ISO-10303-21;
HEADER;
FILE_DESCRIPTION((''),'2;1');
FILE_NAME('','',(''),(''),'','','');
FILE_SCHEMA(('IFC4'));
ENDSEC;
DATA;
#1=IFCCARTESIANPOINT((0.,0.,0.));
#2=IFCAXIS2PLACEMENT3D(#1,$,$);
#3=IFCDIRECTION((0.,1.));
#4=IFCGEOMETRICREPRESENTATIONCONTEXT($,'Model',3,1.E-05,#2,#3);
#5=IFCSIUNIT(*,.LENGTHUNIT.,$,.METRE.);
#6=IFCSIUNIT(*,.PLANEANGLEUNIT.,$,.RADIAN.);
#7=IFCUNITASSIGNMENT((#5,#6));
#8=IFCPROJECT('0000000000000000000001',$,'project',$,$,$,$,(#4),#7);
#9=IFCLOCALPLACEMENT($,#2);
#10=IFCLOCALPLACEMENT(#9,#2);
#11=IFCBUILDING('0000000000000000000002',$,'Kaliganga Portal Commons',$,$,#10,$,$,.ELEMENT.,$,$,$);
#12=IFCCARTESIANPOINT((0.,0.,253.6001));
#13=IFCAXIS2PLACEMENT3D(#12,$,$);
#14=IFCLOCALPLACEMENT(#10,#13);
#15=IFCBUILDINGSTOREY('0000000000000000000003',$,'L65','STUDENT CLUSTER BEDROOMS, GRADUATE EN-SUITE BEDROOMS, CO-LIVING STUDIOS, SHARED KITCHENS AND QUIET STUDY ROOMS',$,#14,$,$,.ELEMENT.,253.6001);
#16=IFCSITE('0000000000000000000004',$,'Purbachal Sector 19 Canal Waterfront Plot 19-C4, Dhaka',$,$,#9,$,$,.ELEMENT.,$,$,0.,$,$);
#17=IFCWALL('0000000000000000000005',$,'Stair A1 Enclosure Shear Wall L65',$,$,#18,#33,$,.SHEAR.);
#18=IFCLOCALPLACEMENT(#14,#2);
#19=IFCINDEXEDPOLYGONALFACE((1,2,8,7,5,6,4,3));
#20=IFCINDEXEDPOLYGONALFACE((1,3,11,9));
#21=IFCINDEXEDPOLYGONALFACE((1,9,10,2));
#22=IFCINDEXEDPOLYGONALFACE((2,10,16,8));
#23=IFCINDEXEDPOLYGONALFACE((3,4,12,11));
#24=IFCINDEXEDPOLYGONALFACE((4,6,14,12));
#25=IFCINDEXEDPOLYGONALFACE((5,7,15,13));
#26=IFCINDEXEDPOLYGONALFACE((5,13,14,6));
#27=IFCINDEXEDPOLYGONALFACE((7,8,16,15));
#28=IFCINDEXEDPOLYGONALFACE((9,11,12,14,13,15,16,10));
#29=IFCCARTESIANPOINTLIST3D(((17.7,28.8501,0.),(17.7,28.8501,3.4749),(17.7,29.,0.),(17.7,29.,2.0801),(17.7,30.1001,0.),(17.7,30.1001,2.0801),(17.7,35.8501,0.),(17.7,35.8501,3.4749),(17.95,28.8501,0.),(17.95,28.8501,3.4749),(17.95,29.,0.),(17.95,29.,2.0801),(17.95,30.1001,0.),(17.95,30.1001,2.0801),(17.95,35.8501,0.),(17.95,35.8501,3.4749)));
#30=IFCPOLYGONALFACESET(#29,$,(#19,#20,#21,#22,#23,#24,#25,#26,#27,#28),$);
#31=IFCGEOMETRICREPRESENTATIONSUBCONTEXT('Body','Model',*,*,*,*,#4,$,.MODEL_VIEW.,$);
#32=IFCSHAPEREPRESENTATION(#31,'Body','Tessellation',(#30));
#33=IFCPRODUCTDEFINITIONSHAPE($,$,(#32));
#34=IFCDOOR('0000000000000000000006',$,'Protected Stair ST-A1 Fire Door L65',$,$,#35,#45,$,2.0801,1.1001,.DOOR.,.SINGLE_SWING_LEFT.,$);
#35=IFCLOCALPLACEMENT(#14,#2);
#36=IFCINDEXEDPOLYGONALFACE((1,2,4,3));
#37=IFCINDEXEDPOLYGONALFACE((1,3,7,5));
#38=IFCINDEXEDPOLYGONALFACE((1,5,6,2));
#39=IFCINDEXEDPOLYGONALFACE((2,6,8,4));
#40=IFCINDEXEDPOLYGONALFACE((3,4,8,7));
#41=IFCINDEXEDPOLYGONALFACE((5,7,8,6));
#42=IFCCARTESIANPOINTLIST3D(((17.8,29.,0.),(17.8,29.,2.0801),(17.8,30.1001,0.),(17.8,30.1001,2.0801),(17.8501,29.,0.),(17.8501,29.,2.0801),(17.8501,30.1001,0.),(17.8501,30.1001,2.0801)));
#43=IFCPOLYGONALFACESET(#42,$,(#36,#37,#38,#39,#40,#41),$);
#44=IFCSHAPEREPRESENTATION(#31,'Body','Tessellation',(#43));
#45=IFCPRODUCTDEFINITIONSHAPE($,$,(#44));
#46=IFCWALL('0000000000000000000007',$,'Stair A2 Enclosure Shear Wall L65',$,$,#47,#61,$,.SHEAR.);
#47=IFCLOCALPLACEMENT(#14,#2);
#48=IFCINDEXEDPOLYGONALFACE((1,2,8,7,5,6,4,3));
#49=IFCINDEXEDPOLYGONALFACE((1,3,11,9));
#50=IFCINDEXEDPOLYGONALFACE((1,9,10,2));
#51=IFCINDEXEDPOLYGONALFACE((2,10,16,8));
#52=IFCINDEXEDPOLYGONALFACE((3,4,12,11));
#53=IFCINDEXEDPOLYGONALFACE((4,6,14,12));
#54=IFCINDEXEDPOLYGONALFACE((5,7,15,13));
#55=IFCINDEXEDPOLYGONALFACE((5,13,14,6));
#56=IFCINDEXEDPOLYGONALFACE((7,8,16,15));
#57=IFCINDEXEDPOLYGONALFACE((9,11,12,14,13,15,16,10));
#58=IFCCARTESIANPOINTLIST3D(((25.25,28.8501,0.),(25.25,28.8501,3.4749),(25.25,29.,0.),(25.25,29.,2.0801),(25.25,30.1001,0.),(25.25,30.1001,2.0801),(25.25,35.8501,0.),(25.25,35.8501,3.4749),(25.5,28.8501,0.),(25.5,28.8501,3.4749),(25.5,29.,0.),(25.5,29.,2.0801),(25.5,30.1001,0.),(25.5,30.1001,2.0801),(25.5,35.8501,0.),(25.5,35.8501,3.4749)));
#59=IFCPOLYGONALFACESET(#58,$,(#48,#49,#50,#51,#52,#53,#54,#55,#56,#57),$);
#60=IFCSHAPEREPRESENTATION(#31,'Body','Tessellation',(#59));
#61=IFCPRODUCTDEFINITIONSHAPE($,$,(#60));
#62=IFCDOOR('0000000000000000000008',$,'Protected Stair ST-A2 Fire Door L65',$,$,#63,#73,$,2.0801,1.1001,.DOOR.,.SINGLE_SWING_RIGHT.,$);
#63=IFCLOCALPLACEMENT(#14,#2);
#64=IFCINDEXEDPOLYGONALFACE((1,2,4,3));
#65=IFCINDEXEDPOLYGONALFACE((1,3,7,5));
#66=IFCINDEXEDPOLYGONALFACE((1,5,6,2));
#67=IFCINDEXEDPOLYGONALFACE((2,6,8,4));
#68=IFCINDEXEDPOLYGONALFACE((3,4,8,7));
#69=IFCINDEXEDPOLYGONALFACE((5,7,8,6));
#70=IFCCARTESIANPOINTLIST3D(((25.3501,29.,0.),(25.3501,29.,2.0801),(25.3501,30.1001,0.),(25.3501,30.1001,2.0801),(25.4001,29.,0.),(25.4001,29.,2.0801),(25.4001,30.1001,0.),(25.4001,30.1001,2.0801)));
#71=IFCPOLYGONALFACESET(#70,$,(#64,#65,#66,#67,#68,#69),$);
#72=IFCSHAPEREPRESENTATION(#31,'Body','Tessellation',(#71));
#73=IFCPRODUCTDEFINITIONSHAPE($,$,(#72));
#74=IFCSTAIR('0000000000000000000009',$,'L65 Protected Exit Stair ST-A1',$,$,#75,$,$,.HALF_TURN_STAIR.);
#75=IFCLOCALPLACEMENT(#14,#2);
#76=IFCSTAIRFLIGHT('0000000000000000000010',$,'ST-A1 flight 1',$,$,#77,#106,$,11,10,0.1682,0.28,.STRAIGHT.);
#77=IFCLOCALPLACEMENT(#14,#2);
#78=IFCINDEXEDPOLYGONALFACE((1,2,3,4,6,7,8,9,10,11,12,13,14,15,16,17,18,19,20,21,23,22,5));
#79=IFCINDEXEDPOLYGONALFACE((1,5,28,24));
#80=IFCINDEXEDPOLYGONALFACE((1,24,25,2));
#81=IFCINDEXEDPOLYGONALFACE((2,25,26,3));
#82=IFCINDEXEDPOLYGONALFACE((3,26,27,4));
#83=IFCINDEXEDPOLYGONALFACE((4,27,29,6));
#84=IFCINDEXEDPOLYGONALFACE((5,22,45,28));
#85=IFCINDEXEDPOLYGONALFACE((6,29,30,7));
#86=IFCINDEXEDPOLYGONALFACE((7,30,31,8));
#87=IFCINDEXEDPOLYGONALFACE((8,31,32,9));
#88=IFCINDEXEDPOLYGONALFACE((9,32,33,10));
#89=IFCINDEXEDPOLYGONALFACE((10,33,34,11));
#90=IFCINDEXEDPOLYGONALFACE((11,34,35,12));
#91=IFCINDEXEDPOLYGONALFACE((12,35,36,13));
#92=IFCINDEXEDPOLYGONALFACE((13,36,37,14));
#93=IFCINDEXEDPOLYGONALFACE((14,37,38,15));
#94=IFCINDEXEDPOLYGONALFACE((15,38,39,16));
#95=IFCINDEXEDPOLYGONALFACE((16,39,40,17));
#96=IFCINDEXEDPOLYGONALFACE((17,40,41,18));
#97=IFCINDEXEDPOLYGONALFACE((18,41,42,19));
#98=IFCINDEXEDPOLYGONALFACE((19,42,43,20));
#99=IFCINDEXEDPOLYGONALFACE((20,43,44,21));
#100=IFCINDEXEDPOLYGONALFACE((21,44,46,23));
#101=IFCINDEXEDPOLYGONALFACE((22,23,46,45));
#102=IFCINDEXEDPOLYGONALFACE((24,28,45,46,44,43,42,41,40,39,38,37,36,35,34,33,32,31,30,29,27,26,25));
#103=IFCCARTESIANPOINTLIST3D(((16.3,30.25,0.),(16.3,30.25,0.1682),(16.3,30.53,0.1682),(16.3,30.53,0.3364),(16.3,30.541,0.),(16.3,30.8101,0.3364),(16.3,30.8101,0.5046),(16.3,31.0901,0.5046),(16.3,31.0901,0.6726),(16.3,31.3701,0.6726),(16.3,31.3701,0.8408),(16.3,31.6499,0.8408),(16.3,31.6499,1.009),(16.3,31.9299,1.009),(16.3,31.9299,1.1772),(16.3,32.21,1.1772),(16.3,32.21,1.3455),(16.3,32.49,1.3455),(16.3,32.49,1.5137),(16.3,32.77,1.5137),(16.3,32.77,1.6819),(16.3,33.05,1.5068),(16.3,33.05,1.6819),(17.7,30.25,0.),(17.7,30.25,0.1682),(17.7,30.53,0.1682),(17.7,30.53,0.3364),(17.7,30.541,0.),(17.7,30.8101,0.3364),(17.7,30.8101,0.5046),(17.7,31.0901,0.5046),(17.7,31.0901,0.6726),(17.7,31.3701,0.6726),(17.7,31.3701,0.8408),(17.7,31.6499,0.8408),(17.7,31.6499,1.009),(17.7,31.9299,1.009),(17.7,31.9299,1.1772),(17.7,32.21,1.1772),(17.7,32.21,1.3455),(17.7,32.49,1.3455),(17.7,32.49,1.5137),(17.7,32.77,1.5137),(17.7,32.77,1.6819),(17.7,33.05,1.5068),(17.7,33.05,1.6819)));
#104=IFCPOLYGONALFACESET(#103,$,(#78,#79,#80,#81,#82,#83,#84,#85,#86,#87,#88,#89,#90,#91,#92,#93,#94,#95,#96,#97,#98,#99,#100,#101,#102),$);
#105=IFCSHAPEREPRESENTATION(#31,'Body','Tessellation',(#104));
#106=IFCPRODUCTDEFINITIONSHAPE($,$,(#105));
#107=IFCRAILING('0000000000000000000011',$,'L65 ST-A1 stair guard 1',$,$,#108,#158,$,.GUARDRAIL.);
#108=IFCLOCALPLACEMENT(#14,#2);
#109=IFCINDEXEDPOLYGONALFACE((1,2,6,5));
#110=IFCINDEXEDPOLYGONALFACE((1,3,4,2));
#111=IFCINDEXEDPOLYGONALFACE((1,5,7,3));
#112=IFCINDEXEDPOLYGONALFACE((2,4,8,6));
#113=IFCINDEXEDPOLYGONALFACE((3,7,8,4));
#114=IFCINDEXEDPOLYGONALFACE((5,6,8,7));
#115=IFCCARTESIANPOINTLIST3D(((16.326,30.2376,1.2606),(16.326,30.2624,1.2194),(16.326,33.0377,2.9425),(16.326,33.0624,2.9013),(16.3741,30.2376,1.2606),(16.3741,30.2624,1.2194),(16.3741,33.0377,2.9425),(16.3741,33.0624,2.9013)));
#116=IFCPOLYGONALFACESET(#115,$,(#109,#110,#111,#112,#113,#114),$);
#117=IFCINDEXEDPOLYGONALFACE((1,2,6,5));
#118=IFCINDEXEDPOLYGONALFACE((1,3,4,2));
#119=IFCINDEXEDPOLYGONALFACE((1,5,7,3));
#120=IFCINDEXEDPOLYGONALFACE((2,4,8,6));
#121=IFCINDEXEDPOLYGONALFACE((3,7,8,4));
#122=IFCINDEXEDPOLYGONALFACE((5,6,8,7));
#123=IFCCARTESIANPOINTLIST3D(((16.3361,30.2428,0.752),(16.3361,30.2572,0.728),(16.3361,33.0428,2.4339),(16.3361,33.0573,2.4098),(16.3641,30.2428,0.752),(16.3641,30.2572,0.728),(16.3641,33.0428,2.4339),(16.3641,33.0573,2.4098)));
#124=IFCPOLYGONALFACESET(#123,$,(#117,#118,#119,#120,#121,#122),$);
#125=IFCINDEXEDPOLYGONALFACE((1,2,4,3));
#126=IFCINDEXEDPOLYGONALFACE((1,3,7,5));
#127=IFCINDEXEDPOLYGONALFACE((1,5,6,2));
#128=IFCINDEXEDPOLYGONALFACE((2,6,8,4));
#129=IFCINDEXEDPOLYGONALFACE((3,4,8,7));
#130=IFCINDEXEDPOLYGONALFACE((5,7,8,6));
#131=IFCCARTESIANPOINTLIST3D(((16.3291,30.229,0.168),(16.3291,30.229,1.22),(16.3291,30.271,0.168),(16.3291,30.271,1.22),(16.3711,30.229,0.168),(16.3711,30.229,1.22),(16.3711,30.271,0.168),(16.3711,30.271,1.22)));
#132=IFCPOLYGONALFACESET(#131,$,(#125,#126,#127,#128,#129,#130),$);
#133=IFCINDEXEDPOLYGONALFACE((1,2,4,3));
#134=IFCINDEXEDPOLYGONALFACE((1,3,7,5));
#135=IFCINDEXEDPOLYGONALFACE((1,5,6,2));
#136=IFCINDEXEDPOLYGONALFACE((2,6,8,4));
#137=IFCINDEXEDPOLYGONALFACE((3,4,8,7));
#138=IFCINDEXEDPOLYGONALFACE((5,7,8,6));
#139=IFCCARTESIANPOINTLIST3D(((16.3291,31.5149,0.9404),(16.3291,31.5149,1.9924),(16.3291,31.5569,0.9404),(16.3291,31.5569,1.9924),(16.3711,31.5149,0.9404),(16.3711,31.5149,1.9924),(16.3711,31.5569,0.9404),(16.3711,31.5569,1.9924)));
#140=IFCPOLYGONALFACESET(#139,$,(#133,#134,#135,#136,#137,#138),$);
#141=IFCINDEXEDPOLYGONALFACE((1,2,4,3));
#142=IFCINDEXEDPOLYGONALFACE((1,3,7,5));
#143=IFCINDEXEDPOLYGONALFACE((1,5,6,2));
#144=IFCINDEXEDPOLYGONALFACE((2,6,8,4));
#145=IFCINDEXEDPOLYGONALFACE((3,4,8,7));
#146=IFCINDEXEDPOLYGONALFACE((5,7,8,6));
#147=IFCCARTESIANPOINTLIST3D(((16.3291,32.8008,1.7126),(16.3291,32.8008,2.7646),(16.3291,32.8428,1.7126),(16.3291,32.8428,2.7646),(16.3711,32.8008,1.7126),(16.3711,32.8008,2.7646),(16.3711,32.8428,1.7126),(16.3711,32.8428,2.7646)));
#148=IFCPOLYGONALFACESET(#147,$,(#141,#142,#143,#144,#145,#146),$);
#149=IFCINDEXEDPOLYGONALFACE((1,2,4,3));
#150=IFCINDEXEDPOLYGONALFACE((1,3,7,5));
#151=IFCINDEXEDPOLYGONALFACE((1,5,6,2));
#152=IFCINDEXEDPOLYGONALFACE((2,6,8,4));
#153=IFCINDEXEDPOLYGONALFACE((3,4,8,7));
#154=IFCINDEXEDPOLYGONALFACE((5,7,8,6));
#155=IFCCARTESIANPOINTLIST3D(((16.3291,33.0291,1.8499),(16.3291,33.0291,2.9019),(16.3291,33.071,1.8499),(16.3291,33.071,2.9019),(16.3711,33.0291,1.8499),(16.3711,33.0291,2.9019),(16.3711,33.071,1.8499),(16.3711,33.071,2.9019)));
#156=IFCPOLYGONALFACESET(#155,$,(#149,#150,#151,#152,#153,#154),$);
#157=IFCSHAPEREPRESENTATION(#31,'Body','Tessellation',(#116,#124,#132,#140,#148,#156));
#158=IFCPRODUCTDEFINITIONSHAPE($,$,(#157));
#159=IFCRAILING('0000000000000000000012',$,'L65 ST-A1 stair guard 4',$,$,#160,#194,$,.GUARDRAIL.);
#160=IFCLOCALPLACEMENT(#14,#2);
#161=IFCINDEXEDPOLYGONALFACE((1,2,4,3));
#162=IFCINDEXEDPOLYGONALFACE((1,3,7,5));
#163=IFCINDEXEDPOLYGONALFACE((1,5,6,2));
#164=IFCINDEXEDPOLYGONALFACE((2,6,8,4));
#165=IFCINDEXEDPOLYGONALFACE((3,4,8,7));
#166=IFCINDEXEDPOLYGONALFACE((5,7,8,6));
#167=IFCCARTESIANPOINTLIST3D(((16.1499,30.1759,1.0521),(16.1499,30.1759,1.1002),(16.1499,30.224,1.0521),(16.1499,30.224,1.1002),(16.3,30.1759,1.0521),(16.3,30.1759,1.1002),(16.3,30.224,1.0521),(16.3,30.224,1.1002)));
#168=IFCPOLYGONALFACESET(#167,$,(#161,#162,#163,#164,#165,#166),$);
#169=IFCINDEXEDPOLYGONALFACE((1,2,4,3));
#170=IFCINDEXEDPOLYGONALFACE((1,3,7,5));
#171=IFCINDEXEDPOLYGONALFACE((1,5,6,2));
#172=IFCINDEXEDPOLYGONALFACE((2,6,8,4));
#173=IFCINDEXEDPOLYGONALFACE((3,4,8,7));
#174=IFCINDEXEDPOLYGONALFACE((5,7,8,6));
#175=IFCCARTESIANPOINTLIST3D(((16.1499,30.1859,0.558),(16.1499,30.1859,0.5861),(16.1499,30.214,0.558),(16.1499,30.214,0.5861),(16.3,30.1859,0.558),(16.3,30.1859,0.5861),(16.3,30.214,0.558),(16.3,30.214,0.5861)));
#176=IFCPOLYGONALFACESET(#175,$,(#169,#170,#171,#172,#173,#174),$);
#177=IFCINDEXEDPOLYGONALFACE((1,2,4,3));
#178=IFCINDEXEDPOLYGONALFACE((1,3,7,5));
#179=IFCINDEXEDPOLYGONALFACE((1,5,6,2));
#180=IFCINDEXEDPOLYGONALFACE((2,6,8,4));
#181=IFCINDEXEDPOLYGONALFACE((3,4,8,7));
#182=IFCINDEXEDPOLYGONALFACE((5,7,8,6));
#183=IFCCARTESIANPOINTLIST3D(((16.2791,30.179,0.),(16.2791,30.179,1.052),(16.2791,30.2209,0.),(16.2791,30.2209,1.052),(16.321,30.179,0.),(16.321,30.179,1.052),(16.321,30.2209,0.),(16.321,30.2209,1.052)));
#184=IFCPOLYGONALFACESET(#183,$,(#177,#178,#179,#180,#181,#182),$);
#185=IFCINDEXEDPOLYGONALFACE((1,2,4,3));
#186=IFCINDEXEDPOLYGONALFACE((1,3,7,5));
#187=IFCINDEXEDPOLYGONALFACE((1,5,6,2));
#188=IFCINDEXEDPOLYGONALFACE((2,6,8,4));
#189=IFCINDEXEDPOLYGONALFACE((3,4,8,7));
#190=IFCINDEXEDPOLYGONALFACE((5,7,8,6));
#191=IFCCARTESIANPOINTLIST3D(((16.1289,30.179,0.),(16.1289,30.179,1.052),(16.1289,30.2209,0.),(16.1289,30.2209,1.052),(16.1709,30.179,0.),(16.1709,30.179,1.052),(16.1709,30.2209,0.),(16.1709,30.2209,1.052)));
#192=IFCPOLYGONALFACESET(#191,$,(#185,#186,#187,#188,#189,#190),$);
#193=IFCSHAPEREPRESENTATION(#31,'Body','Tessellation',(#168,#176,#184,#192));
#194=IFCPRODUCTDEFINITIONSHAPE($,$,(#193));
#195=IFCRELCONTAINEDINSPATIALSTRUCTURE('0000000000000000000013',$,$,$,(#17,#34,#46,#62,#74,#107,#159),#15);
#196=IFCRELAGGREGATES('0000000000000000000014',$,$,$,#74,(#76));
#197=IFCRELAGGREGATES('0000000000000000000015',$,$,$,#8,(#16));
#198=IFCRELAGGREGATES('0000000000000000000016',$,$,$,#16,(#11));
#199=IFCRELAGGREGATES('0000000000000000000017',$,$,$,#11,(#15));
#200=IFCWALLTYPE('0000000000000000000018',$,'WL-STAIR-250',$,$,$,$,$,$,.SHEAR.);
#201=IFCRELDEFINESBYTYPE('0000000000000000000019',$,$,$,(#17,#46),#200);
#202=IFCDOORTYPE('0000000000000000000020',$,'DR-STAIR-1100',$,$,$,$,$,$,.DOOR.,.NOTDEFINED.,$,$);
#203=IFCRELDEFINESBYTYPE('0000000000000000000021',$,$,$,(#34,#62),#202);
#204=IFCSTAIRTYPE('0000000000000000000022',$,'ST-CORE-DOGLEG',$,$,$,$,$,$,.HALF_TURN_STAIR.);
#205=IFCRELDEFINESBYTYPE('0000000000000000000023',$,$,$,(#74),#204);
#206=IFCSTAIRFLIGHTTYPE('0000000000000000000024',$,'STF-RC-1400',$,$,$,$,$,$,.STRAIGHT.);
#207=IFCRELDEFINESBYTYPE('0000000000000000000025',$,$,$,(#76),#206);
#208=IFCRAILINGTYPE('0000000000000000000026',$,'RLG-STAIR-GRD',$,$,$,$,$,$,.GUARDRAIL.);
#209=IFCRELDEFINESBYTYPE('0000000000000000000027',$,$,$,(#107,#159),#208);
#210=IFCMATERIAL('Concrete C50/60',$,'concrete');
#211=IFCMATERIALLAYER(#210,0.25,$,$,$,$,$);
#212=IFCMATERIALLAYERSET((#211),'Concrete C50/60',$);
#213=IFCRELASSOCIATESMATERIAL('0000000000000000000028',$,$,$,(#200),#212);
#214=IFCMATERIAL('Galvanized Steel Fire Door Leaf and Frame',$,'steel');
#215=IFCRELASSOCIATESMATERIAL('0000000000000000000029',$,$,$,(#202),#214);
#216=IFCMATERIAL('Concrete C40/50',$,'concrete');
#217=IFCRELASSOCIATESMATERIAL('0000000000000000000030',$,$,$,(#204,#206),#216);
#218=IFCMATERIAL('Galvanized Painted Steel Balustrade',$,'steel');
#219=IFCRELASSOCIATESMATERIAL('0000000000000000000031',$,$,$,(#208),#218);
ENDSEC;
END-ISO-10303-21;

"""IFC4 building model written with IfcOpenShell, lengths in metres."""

from ifc_helpers import new_model, si_unit, direction, frame, frame_2d, origin, origin_2d, place, context, subcontext, project, spatial, polyline, rectangle, outline, extrude, material, layer, layer_set, type_object, element, fill, aggregate, save


model = new_model("IFC4")

# Units and contexts
model_context = context("Model", 3, precision=1e-05, world=origin(), true_north=direction((0.0, 1.0)))
body_context = subcontext(model_context, "Body", "Model", "MODEL_VIEW")
ifc_project = project(units=[si_unit("LENGTHUNIT", "METRE"), si_unit("PLANEANGLEUNIT", "RADIAN")], contexts=[model_context])

# Site, building, storey
site_placement = place(None, origin())
site = spatial("IfcSite", under=ifc_project, at=site_placement, Name="Purbachal Sector 19 Canal Waterfront Plot 19-C4, Dhaka", CompositionType="ELEMENT", RefElevation=0.0)
building_placement = place(site_placement, origin())
building = spatial("IfcBuilding", under=site, at=building_placement, Name="Kaliganga Portal Commons", CompositionType="ELEMENT")
storey_placement = place(building_placement, frame((0.0, 0.0, 253.6001)))
storey = spatial("IfcBuildingStorey", under=building, at=storey_placement, Name="L65", Description="STUDENT CLUSTER BEDROOMS, GRADUATE EN-SUITE BEDROOMS, CO-LIVING STUDIOS, SHARED KITCHENS AND QUIET STUDY ROOMS", CompositionType="ELEMENT", Elevation=253.6001)

# Shared definitions
ifc_material_1 = material(Name="Concrete C50/60", Category="concrete")

# Walls, openings, doors
ifc_layer_1 = layer(ifc_material_1, 0.25)
ifc_layer_set_1 = layer_set([ifc_layer_1], Name="Concrete C50/60")
wall_type_1 = type_object("IfcWallType", Name="WL-STAIR-250", PredefinedType="SHEAR", material=ifc_layer_set_1)
wall_1_placement = place(storey_placement, frame((17.825, 28.8501, 0.0), z_axis=(0.0, 0.0, 1.0), x_axis=(0.0, 1.0, 0.0)))
wall_1 = element("IfcWall", 1, at=wall_1_placement, inside=storey, type_object=wall_type_1, Name="Stair A1 Enclosure Shear Wall L65", PredefinedType="SHEAR", context=body_context, shape_type="SweptSolid", body=[
    extrude(rectangle(XDim=7.0, YDim=0.25, at=frame_2d((3.5, 0.0))), origin(), (0.0, 0.0, 1.0), 3.4749),
])
opening_1_placement = place(wall_1_placement, frame((0.1499, 0.0, 0.0)))
opening_1 = element("IfcOpeningElement", 2, at=opening_1_placement, cuts=wall_1, PredefinedType="OPENING", context=body_context, shape_type="SweptSolid", body=[
    extrude(rectangle(XDim=1.1001, YDim=2.0801, at=frame_2d((0.55, 1.04))), frame((0.0, 0.135, 0.0), z_axis=(0.0, -1.0, 0.0), x_axis=(1.0, 0.0, 0.0)), (0.0, 0.0, 1.0), 0.27),
])
ifc_material_2 = material(Name="Galvanized Steel Fire Door Leaf and Frame", Category="steel")
door_type_1 = type_object("IfcDoorType", Name="DR-STAIR-1100", OperationType="NOTDEFINED", PredefinedType="DOOR", material=ifc_material_2)
door_1_placement = place(opening_1_placement, origin())
door_1 = element("IfcDoor", 3, at=door_1_placement, inside=storey, type_object=door_type_1, Name="Protected Stair ST-A1 Fire Door L65", OperationType="SINGLE_SWING_LEFT", OverallHeight=2.0801, OverallWidth=1.1001, PredefinedType="DOOR", context=body_context, shape_type="SweptSolid", body=[
    extrude(rectangle(XDim=1.1001, YDim=2.0801, at=frame_2d((0.55, 1.04))), frame((0.0, 0.0249, 0.0), z_axis=(0.0, -1.0, 0.0), x_axis=(1.0, 0.0, 0.0)), (0.0, 0.0, 1.0), 0.05),
])
fill(opening_1, door_1)
wall_2_placement = place(storey_placement, frame((25.375, 28.8501, 0.0), z_axis=(0.0, 0.0, 1.0), x_axis=(0.0, 1.0, 0.0)))
wall_2 = element("IfcWall", 4, at=wall_2_placement, inside=storey, type_object=wall_type_1, Name="Stair A2 Enclosure Shear Wall L65", PredefinedType="SHEAR", context=body_context, shape_type="SweptSolid", body=[
    extrude(rectangle(XDim=7.0, YDim=0.25, at=frame_2d((3.5, 0.0))), origin(), (0.0, 0.0, 1.0), 3.4749),
])
opening_2_placement = place(wall_2_placement, frame((0.1499, 0.0, 0.0)))
opening_2 = element("IfcOpeningElement", 5, at=opening_2_placement, cuts=wall_2, PredefinedType="OPENING", context=body_context, shape_type="SweptSolid", body=[
    extrude(rectangle(XDim=1.1001, YDim=2.0801, at=frame_2d((0.55, 1.04))), frame((0.0, 0.135, 0.0), z_axis=(0.0, -1.0, 0.0), x_axis=(1.0, 0.0, 0.0)), (0.0, 0.0, 1.0), 0.27),
])
door_2_placement = place(opening_2_placement, origin())
door_2 = element("IfcDoor", 6, at=door_2_placement, inside=storey, type_object=door_type_1, Name="Protected Stair ST-A2 Fire Door L65", OperationType="SINGLE_SWING_RIGHT", OverallHeight=2.0801, OverallWidth=1.1001, PredefinedType="DOOR", context=body_context, shape_type="SweptSolid", body=[
    extrude(rectangle(XDim=1.1001, YDim=2.0801, at=frame_2d((0.55, 1.04))), frame((0.0, 0.0249, 0.0), z_axis=(0.0, -1.0, 0.0), x_axis=(1.0, 0.0, 0.0)), (0.0, 0.0, 1.0), 0.05),
])
fill(opening_2, door_2)

# Stair, stair flight
ifc_material_3 = material(Name="Concrete C40/50", Category="concrete")
stair_type = type_object("IfcStairType", Name="ST-CORE-DOGLEG", PredefinedType="HALF_TURN_STAIR", material=ifc_material_3)
stair_placement = place(storey_placement, origin())
stair = element("IfcStair", 7, at=stair_placement, inside=storey, type_object=stair_type, Name="L65 Protected Exit Stair ST-A1", PredefinedType="HALF_TURN_STAIR")
stair_flight_type = type_object("IfcStairFlightType", Name="STF-RC-1400", PredefinedType="STRAIGHT", material=ifc_material_3)
stair_flight_placement = place(storey_placement, frame((17.0, 30.25, 0.0), z_axis=(0.0, 0.0, 1.0), x_axis=(0.0, 1.0, 0.0)))
stair_flight = element("IfcStairFlight", 8, at=stair_flight_placement, type_object=stair_flight_type, Name="ST-A1 flight 1", NumberOfRisers=11, NumberOfTreads=10, PredefinedType="STRAIGHT", RiserHeight=0.1682, TreadLength=0.28, context=body_context, shape_type="SweptSolid", body=[
    extrude(outline(polyline([(0.0, 0.0), (0.0, 0.1682), (0.28, 0.1682), (0.28, 0.3364), (0.5601, 0.3364), (0.5601, 0.5046), (0.8401, 0.5046), (0.8401, 0.6726), (1.1201, 0.6726), (1.1201, 0.8408), (1.3999, 0.8408), (1.3999, 1.009), (1.6799, 1.009), (1.6799, 1.1772), (1.96, 1.1772), (1.96, 1.3455), (2.24, 1.3455), (2.24, 1.5137), (2.52, 1.5137), (2.52, 1.6819), (2.8, 1.6819), (2.8, 1.8501), (2.8, 1.5068), (0.291, 0.0), (0.0, 0.0)])), frame((0.0, 0.7, 0.0), z_axis=(0.0, -1.0, 0.0), x_axis=(1.0, 0.0, 0.0)), (0.0, 0.0, 1.0), 1.3999),
])
aggregate(stair, [stair_flight])

# Railings
ifc_material_4 = material(Name="Galvanized Painted Steel Balustrade", Category="steel")
railing_type_1 = type_object("IfcRailingType", Name="RLG-STAIR-GRD", PredefinedType="GUARDRAIL", material=ifc_material_4)
railing_1_placement = place(storey_placement, frame((16.3501, 30.25, 0.168)))
element("IfcRailing", 9, at=railing_1_placement, inside=storey, type_object=railing_type_1, Name="L65 ST-A1 stair guard 1", PredefinedType="GUARDRAIL", context=body_context, shape_type="SweptSolid", body=[
    extrude(rectangle(XDim=0.0481, YDim=0.0481, at=origin_2d()), frame((0.0, 0.0, 1.072), z_axis=(0.0, 0.857242, 0.514913), x_axis=(-1.0, 0.0, 0.0)), (0.0, 0.0, 1.0), 3.2664),
    extrude(rectangle(XDim=0.0281, YDim=0.0281, at=origin_2d()), frame((0.0, 0.0, 0.572), z_axis=(0.0, 0.857242, 0.514913), x_axis=(-1.0, 0.0, 0.0)), (0.0, 0.0, 1.0), 3.2664),
    extrude(rectangle(XDim=0.042, YDim=0.042, at=origin_2d()), origin(), (0.0, 0.0, 1.0), 1.052),
    extrude(rectangle(XDim=0.042, YDim=0.042, at=origin_2d()), frame((0.0, 1.2859, 0.7725)), (0.0, 0.0, 1.0), 1.052),
    extrude(rectangle(XDim=0.042, YDim=0.042, at=origin_2d()), frame((0.0, 2.5718, 1.5447)), (0.0, 0.0, 1.0), 1.052),
    extrude(rectangle(XDim=0.042, YDim=0.042, at=origin_2d()), frame((0.0, 2.8, 1.6819)), (0.0, 0.0, 1.0), 1.052),
])
railing_2_placement = place(storey_placement, frame((16.3, 30.2, 0.0)))
element("IfcRailing", 10, at=railing_2_placement, inside=storey, type_object=railing_type_1, Name="L65 ST-A1 stair guard 4", PredefinedType="GUARDRAIL", context=body_context, shape_type="SweptSolid", body=[
    extrude(rectangle(XDim=0.0481, YDim=0.0481, at=origin_2d()), frame((0.0, 0.0, 1.0762), z_axis=(-1.0, 0.0, 0.0), x_axis=(0.0, -1.0, 0.0)), (0.0, 0.0, 1.0), 0.1501),
    extrude(rectangle(XDim=0.0281, YDim=0.0281, at=origin_2d()), frame((0.0, 0.0, 0.572), z_axis=(-1.0, 0.0, 0.0), x_axis=(0.0, -1.0, 0.0)), (0.0, 0.0, 1.0), 0.1501),
    extrude(rectangle(XDim=0.042, YDim=0.042, at=origin_2d()), origin(), (0.0, 0.0, 1.0), 1.052),
    extrude(rectangle(XDim=0.042, YDim=0.042, at=origin_2d()), frame((-0.1501, 0.0, 0.0)), (0.0, 0.0, 1.0), 1.052),
])

save(model, "model.ifc")
